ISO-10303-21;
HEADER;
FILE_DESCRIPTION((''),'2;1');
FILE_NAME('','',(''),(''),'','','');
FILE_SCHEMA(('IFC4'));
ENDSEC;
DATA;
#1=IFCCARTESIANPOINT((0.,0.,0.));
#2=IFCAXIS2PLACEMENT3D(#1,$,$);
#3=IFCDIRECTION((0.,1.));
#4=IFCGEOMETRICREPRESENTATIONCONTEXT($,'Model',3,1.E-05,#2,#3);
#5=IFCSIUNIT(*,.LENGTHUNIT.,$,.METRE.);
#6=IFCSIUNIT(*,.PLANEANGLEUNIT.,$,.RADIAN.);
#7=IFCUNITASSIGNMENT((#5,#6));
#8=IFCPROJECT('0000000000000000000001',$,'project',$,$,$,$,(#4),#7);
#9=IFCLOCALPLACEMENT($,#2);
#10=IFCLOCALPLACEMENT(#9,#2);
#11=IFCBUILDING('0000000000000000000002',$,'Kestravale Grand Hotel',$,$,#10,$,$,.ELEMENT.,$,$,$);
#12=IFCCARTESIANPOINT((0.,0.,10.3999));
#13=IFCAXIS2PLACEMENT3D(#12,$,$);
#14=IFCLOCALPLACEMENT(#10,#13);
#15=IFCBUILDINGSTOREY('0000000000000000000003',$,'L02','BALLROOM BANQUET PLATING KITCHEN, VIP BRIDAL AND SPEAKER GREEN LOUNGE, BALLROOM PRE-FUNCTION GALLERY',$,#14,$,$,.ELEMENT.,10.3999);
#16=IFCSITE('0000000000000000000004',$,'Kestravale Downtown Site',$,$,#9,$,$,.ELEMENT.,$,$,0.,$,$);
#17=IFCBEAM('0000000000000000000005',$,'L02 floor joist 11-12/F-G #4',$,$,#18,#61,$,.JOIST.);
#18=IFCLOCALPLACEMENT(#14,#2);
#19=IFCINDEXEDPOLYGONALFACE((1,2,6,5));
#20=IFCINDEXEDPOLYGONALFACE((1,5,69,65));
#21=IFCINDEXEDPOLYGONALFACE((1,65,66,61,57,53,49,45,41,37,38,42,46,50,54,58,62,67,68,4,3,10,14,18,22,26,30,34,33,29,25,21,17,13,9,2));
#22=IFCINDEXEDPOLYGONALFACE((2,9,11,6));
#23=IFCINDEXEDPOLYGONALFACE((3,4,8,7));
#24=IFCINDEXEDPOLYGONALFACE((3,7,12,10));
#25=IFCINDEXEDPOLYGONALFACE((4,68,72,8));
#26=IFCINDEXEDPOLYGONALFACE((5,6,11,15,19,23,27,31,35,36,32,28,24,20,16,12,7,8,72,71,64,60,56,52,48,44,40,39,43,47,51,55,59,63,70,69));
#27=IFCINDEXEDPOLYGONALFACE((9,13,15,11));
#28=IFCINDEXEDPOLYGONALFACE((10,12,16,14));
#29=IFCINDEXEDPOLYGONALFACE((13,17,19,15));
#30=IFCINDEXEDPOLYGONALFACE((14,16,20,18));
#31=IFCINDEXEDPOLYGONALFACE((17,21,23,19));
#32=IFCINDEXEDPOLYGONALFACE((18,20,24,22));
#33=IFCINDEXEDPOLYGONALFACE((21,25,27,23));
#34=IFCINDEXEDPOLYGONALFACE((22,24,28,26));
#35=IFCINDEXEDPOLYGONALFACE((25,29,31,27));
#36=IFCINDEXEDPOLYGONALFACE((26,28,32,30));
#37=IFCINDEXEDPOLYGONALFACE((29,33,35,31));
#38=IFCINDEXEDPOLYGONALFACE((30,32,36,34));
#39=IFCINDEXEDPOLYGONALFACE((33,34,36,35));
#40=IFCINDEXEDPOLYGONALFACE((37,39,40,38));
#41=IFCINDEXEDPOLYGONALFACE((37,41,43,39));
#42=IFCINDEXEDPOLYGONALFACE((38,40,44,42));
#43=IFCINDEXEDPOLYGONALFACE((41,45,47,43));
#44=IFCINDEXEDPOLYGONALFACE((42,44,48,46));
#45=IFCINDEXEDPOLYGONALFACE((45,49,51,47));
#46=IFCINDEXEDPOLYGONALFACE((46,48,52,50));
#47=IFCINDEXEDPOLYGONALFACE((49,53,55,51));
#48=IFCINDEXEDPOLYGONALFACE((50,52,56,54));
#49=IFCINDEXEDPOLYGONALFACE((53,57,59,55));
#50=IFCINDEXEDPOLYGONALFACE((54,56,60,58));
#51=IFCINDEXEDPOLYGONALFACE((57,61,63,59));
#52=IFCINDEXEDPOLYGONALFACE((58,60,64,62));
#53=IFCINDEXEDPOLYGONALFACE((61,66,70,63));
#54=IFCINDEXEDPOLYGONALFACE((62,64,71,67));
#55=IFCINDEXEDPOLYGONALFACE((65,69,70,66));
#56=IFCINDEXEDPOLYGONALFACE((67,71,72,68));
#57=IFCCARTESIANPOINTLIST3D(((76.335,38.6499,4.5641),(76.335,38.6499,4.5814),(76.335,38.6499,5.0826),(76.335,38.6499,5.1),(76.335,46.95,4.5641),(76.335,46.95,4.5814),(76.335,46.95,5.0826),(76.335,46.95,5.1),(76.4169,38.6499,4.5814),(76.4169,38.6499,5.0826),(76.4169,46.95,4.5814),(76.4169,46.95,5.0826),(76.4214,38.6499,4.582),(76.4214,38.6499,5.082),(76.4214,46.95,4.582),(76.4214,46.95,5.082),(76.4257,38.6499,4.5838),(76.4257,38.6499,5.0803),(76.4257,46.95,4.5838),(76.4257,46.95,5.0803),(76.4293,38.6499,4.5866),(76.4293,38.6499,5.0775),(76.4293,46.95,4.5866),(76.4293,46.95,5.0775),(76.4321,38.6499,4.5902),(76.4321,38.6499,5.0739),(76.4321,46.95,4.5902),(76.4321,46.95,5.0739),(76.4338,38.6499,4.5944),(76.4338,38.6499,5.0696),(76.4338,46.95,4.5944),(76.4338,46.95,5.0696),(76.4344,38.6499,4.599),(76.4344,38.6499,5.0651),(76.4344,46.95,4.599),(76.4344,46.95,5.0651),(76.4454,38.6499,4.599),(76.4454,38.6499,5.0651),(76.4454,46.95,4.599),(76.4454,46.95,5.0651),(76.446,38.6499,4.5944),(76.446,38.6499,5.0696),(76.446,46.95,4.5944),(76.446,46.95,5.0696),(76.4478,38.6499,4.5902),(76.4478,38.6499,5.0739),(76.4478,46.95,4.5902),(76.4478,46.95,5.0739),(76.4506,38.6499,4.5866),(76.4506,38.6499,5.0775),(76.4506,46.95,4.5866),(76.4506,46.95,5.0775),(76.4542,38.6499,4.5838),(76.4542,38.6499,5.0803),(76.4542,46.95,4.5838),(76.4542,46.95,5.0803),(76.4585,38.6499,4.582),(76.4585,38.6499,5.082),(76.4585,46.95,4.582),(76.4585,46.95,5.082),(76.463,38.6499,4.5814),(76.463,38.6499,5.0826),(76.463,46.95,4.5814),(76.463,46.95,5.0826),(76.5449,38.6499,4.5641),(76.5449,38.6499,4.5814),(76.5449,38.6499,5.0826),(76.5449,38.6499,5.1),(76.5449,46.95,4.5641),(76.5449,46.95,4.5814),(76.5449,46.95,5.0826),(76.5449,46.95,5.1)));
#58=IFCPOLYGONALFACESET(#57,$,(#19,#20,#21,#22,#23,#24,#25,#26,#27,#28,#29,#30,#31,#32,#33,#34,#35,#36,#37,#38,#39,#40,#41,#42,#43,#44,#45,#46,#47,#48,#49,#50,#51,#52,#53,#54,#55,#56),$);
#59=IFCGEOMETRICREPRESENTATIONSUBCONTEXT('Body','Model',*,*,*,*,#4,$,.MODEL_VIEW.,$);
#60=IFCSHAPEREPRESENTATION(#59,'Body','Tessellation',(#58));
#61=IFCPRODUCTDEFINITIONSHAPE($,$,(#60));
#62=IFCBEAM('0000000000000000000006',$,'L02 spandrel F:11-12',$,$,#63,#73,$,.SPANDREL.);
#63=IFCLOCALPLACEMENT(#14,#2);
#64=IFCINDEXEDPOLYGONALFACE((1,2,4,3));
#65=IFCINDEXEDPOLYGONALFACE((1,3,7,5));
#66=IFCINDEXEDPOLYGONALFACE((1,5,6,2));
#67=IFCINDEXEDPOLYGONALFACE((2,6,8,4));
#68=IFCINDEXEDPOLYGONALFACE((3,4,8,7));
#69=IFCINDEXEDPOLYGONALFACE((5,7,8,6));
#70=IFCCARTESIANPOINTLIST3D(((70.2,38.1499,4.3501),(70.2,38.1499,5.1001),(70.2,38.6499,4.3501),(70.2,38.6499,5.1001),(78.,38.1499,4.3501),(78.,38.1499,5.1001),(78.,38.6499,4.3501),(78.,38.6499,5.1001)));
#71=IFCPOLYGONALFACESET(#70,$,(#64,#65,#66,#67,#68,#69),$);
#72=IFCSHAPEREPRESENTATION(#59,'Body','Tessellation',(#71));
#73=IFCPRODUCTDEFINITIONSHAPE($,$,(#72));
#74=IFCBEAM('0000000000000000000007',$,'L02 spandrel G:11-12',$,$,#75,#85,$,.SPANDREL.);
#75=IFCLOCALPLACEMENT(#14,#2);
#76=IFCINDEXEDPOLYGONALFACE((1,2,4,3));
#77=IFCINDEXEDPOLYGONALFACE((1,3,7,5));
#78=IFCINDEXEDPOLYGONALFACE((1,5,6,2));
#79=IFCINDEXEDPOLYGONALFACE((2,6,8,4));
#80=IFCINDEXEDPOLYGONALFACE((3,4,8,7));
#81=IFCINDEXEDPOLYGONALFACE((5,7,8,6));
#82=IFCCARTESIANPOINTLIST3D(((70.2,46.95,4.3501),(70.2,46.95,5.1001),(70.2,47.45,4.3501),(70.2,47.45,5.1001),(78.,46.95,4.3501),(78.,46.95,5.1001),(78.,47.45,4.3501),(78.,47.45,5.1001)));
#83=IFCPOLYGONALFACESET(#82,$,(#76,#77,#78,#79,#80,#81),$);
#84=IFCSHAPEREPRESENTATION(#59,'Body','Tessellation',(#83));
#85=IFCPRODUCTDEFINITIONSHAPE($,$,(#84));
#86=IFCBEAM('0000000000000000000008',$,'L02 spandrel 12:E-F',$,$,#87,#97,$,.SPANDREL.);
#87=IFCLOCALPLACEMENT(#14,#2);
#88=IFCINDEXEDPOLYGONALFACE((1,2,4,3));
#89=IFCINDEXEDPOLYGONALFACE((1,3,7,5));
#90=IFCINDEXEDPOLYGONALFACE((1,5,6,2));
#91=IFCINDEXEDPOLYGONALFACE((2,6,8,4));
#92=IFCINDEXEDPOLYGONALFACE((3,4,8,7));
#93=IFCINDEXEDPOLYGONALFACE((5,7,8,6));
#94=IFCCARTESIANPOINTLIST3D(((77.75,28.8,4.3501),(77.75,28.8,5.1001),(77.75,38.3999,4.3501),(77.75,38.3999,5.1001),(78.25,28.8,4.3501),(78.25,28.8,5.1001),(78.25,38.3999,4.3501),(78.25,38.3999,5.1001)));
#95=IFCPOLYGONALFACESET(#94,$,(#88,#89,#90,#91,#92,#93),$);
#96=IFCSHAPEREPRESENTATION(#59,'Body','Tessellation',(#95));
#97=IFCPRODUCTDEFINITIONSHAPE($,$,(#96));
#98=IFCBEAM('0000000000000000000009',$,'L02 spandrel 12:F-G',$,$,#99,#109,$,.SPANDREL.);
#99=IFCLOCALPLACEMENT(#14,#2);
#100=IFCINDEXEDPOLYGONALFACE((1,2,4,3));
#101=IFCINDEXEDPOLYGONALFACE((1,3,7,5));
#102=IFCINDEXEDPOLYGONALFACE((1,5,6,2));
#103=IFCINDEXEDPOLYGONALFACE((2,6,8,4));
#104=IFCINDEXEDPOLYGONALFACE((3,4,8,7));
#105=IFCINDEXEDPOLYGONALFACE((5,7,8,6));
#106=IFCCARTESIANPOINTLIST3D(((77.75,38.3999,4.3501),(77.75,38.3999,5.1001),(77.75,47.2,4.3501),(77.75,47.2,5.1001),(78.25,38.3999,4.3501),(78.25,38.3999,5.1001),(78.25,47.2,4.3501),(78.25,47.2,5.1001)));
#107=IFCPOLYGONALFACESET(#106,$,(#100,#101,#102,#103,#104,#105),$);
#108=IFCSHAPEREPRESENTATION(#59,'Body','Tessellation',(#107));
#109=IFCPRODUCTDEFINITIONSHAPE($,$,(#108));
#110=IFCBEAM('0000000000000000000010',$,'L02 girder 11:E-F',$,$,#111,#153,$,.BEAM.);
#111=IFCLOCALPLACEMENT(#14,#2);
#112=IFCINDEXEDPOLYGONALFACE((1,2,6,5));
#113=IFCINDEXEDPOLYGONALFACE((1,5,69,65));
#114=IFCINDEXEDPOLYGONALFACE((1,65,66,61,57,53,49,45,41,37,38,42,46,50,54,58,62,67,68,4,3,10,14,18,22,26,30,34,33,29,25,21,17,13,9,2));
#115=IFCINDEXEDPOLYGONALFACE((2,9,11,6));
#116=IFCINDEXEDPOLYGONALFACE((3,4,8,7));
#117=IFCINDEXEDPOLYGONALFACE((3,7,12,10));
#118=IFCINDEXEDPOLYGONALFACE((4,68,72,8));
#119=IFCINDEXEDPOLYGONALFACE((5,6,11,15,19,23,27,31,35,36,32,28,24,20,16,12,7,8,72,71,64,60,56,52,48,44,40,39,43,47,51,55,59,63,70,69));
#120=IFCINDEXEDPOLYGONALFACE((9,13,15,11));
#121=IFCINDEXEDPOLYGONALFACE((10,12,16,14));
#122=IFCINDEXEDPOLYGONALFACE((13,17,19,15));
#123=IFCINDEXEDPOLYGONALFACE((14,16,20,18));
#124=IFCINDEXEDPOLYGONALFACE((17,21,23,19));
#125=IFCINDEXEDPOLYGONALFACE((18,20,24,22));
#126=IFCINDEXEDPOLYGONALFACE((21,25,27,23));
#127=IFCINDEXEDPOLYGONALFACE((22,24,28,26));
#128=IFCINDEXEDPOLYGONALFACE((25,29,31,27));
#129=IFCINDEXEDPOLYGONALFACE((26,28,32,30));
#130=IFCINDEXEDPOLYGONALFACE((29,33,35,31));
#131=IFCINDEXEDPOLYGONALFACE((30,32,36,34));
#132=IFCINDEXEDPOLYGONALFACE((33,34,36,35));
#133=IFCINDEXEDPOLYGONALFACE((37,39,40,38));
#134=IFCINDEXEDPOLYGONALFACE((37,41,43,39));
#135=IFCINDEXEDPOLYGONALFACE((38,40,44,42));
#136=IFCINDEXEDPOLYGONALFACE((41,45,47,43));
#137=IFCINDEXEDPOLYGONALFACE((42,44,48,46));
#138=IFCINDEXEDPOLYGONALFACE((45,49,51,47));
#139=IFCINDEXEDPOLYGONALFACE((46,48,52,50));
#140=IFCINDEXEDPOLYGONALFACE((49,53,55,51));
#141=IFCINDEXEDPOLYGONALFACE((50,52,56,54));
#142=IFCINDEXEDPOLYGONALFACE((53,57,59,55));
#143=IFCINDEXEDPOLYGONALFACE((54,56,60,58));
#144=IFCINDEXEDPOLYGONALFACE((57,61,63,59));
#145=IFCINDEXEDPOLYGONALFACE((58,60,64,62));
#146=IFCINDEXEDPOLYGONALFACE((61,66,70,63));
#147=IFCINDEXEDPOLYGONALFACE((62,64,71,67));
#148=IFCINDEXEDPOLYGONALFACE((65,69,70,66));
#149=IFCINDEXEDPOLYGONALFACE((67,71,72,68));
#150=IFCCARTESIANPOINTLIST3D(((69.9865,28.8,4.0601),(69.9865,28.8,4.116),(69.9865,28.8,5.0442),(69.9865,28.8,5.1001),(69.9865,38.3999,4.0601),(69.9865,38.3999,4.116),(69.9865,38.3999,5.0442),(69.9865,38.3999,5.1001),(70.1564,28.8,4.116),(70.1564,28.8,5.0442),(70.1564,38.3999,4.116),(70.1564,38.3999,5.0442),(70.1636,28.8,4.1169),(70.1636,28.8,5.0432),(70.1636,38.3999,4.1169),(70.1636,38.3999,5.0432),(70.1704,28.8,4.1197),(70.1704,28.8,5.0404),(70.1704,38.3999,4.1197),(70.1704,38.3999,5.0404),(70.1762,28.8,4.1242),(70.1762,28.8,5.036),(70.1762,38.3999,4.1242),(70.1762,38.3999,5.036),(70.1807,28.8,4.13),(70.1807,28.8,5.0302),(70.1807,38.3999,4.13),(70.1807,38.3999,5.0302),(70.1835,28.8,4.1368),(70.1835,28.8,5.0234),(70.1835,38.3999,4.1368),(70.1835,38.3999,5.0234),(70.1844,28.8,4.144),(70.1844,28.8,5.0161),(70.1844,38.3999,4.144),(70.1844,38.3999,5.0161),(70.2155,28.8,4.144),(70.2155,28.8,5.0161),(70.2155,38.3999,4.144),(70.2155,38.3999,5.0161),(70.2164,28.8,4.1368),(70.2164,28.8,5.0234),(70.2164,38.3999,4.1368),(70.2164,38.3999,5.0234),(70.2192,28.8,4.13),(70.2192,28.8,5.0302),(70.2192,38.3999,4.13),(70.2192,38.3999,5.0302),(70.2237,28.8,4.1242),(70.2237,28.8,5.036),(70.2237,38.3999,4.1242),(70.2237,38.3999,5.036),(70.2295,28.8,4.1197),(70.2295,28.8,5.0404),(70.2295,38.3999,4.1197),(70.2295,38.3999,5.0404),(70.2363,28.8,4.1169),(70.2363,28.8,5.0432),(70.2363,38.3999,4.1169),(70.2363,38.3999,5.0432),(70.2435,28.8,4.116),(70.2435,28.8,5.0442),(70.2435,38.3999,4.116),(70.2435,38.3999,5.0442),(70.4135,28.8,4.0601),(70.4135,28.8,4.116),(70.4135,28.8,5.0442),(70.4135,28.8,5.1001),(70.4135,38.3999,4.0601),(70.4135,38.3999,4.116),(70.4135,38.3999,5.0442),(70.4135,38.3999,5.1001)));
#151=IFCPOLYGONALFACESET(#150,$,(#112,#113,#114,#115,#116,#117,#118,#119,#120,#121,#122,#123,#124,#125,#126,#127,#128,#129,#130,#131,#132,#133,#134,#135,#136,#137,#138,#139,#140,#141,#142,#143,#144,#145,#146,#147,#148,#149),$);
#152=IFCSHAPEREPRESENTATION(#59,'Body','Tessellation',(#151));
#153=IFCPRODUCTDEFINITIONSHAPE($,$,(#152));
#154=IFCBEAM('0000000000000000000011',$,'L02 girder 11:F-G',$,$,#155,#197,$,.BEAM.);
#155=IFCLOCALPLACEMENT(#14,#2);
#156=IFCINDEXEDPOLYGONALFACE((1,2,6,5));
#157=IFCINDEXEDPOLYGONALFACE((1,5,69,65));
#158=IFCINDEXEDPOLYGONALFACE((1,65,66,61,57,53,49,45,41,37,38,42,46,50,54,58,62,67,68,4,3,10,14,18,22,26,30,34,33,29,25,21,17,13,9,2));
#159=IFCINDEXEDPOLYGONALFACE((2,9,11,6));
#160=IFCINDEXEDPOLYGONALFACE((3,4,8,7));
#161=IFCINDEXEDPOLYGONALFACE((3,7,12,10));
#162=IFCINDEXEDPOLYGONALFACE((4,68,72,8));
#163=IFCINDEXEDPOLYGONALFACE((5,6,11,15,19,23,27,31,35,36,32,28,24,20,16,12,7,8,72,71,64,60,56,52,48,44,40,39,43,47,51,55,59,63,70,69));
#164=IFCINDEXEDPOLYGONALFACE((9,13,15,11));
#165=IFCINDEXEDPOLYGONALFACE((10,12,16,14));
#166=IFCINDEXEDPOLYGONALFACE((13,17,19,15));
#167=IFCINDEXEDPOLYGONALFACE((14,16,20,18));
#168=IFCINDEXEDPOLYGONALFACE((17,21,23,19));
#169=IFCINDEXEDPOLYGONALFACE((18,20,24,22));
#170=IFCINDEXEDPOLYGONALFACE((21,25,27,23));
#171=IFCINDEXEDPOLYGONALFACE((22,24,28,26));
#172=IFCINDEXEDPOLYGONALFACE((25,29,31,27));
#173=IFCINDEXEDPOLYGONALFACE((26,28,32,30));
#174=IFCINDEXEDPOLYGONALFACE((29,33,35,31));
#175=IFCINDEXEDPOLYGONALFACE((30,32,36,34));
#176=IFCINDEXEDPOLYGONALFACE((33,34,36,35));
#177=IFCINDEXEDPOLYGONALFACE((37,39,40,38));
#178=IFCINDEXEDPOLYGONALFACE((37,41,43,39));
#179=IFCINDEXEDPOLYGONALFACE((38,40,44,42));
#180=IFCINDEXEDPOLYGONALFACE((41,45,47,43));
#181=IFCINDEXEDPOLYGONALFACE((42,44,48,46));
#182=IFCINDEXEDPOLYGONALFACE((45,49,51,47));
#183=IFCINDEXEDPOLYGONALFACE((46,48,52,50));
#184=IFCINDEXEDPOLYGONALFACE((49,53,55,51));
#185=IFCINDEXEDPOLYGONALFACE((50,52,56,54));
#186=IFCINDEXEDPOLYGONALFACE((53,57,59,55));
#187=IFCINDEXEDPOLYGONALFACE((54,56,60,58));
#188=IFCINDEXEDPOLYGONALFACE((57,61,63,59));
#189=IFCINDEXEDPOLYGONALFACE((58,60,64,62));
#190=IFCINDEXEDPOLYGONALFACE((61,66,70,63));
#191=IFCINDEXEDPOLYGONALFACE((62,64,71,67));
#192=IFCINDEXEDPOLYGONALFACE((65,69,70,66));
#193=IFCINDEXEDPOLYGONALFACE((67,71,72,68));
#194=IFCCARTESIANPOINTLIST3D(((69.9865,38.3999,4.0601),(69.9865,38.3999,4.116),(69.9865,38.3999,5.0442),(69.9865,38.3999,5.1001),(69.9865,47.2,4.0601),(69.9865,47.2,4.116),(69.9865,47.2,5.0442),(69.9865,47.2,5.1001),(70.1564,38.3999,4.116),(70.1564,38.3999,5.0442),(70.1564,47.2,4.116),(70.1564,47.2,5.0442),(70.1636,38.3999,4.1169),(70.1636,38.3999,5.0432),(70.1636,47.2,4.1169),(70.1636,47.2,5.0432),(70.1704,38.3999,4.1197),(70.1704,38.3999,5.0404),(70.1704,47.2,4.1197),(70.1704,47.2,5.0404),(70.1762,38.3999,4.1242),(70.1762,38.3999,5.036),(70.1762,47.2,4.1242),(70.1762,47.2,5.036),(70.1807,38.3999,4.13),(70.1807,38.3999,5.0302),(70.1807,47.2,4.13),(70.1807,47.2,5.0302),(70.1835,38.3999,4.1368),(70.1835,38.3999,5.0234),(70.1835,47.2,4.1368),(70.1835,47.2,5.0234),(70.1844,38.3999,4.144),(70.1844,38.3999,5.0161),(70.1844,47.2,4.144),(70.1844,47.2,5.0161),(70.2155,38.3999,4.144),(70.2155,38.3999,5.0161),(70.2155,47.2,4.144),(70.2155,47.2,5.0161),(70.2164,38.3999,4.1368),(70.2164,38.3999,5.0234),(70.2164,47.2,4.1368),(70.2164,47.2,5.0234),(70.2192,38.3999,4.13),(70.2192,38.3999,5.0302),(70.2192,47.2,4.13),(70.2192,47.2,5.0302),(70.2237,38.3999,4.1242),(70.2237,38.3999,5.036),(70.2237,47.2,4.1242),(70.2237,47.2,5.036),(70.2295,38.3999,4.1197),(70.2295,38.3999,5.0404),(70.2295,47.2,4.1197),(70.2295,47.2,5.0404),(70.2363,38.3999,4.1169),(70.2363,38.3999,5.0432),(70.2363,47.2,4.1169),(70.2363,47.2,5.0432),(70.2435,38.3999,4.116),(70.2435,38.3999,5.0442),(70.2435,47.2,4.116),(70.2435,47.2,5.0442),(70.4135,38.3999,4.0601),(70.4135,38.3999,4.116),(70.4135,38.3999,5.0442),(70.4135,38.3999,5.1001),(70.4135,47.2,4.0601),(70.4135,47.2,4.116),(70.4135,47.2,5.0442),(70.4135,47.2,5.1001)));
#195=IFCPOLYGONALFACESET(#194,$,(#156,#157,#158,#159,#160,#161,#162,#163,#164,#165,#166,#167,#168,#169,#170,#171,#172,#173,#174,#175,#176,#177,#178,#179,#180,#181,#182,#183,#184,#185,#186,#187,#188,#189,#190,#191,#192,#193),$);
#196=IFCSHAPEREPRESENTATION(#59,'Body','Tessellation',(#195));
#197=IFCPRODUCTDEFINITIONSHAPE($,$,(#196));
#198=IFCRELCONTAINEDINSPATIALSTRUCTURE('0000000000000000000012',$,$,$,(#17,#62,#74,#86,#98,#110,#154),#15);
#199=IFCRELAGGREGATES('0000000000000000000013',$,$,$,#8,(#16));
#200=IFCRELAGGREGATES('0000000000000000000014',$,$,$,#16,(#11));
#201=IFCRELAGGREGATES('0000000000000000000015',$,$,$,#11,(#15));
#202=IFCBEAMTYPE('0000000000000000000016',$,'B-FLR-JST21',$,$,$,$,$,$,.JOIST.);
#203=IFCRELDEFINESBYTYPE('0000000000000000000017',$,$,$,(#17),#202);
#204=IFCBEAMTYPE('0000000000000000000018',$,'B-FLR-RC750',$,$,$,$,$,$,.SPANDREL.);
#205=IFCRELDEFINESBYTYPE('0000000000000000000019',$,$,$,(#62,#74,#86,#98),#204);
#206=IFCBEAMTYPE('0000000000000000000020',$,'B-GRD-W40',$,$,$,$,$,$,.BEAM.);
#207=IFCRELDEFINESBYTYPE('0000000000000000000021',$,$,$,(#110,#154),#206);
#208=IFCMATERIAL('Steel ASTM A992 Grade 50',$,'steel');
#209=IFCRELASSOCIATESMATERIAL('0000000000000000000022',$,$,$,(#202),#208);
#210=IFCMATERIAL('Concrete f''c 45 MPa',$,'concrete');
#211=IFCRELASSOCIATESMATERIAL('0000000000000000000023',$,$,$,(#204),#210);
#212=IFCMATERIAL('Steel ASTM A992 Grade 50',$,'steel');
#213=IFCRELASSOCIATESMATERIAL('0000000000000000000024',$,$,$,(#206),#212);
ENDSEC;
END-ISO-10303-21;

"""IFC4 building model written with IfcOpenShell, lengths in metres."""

from ifc_helpers import new_model, si_unit, direction, frame, origin, origin_2d, place, context, subcontext, project, spatial, rectangle, i_section, extrude, material, material_profile, profile_set, type_object, element, save


model = new_model("IFC4")

# Units and contexts
model_context = context("Model", 3, precision=1e-05, world=origin(), true_north=direction((0.0, 1.0)))
body_context = subcontext(model_context, "Body", "Model", "MODEL_VIEW")
ifc_project = project(units=[si_unit("LENGTHUNIT", "METRE"), si_unit("PLANEANGLEUNIT", "RADIAN")], contexts=[model_context])

# Site, building, storey
site_placement = place(None, origin())
site = spatial("IfcSite", under=ifc_project, at=site_placement, Name="Kestravale Downtown Site", CompositionType="ELEMENT", RefElevation=0.0)
building_placement = place(site_placement, origin())
building = spatial("IfcBuilding", under=site, at=building_placement, Name="Kestravale Grand Hotel", CompositionType="ELEMENT")
storey_placement = place(building_placement, frame((0.0, 0.0, 10.3999)))
storey = spatial("IfcBuildingStorey", under=building, at=storey_placement, Name="L02", Description="BALLROOM BANQUET PLATING KITCHEN, VIP BRIDAL AND SPEAKER GREEN LOUNGE, BALLROOM PRE-FUNCTION GALLERY", CompositionType="ELEMENT", Elevation=10.3999)

# Beams
ifc_material_1 = material(Name="Steel ASTM A992 Grade 50", Category="steel")
ifc_material_profile_1 = material_profile(ifc_material_1, i_section(OverallWidth=0.21, OverallDepth=0.5359, WebThickness=0.011, FlangeThickness=0.0173, FilletRadius=0.0176, at=origin_2d()))
ifc_profile_set_1 = profile_set([ifc_material_profile_1], Name="Steel ASTM A992 Grade 50")
beam_type_1 = type_object("IfcBeamType", Name="B-FLR-JST21", PredefinedType="JOIST", material=ifc_profile_set_1)
for number, where, z_axis, x_axis, name in (
    (1, (76.4399, 38.6499, 4.832), (0.0, 1.0, 0.0), (-1.0, 0.0, 0.0), "L02 floor joist 11-12/F-G #4"),
):
    element("IfcBeam", number, at=place(storey_placement, frame(where, z_axis=z_axis, x_axis=x_axis)), inside=storey, type_object=beam_type_1, Name=name, PredefinedType="JOIST", context=body_context, shape_type="SweptSolid", body=[
        extrude(i_section(OverallWidth=0.21, OverallDepth=0.5359, WebThickness=0.011, FlangeThickness=0.0173, FilletRadius=0.0176, at=origin_2d()), origin(), (0.0, 0.0, 1.0), 8.3),
    ])
ifc_material_2 = material(Name="Concrete f'c 45 MPa", Category="concrete")
ifc_material_profile_2 = material_profile(ifc_material_2, rectangle(XDim=0.5, YDim=0.75, at=origin_2d()))
ifc_profile_set_2 = profile_set([ifc_material_profile_2], Name="Concrete f'c 45 MPa")
beam_type_2 = type_object("IfcBeamType", Name="B-FLR-RC750", PredefinedType="SPANDREL", material=ifc_profile_set_2)
for number, where, z_axis, x_axis, name in (
    (2, (70.2, 38.3999, 4.7251), (1.0, 0.0, 0.0), (0.0, 1.0, 0.0), "L02 spandrel F:11-12"),
    (3, (70.2, 47.2, 4.7251), (1.0, 0.0, 0.0), (0.0, 1.0, 0.0), "L02 spandrel G:11-12"),
):
    element("IfcBeam", number, at=place(storey_placement, frame(where, z_axis=z_axis, x_axis=x_axis)), inside=storey, type_object=beam_type_2, Name=name, PredefinedType="SPANDREL", context=body_context, shape_type="SweptSolid", body=[
        extrude(rectangle(XDim=0.5, YDim=0.75, at=origin_2d()), origin(), (0.0, 0.0, 1.0), 7.8),
    ])
beam_1_placement = place(storey_placement, frame((78.0, 28.8, 4.7251), z_axis=(0.0, 1.0, 0.0), x_axis=(-1.0, 0.0, 0.0)))
element("IfcBeam", 4, at=beam_1_placement, inside=storey, type_object=beam_type_2, Name="L02 spandrel 12:E-F", PredefinedType="SPANDREL", context=body_context, shape_type="SweptSolid", body=[
    extrude(rectangle(XDim=0.5, YDim=0.75, at=origin_2d()), origin(), (0.0, 0.0, 1.0), 9.5999),
])
beam_2_placement = place(storey_placement, frame((78.0, 38.3999, 4.7251), z_axis=(0.0, 1.0, 0.0), x_axis=(-1.0, 0.0, 0.0)))
element("IfcBeam", 5, at=beam_2_placement, inside=storey, type_object=beam_type_2, Name="L02 spandrel 12:F-G", PredefinedType="SPANDREL", context=body_context, shape_type="SweptSolid", body=[
    extrude(rectangle(XDim=0.5, YDim=0.75, at=origin_2d()), origin(), (0.0, 0.0, 1.0), 8.8),
])
ifc_material_3 = material(Name="Steel ASTM A992 Grade 50", Category="steel")
ifc_material_profile_3 = material_profile(ifc_material_3, i_section(OverallWidth=0.427, OverallDepth=1.04, WebThickness=0.031, FlangeThickness=0.0559, FilletRadius=0.0281, at=origin_2d()))
ifc_profile_set_3 = profile_set([ifc_material_profile_3], Name="Steel ASTM A992 Grade 50")
beam_type_3 = type_object("IfcBeamType", Name="B-GRD-W40", PredefinedType="BEAM", material=ifc_profile_set_3)
beam_3_placement = place(storey_placement, frame((70.2, 28.8, 4.5801), z_axis=(0.0, 1.0, 0.0), x_axis=(-1.0, 0.0, 0.0)))
element("IfcBeam", 6, at=beam_3_placement, inside=storey, type_object=beam_type_3, Name="L02 girder 11:E-F", PredefinedType="BEAM", context=body_context, shape_type="SweptSolid", body=[
    extrude(i_section(OverallWidth=0.427, OverallDepth=1.04, WebThickness=0.031, FlangeThickness=0.0559, FilletRadius=0.0281, at=origin_2d()), origin(), (0.0, 0.0, 1.0), 9.5999),
])
beam_4_placement = place(storey_placement, frame((70.2, 38.3999, 4.5801), z_axis=(0.0, 1.0, 0.0), x_axis=(-1.0, 0.0, 0.0)))
element("IfcBeam", 7, at=beam_4_placement, inside=storey, type_object=beam_type_3, Name="L02 girder 11:F-G", PredefinedType="BEAM", context=body_context, shape_type="SweptSolid", body=[
    extrude(i_section(OverallWidth=0.427, OverallDepth=1.04, WebThickness=0.031, FlangeThickness=0.0559, FilletRadius=0.0281, at=origin_2d()), origin(), (0.0, 0.0, 1.0), 8.8),
])

save(model, "model.ifc")
